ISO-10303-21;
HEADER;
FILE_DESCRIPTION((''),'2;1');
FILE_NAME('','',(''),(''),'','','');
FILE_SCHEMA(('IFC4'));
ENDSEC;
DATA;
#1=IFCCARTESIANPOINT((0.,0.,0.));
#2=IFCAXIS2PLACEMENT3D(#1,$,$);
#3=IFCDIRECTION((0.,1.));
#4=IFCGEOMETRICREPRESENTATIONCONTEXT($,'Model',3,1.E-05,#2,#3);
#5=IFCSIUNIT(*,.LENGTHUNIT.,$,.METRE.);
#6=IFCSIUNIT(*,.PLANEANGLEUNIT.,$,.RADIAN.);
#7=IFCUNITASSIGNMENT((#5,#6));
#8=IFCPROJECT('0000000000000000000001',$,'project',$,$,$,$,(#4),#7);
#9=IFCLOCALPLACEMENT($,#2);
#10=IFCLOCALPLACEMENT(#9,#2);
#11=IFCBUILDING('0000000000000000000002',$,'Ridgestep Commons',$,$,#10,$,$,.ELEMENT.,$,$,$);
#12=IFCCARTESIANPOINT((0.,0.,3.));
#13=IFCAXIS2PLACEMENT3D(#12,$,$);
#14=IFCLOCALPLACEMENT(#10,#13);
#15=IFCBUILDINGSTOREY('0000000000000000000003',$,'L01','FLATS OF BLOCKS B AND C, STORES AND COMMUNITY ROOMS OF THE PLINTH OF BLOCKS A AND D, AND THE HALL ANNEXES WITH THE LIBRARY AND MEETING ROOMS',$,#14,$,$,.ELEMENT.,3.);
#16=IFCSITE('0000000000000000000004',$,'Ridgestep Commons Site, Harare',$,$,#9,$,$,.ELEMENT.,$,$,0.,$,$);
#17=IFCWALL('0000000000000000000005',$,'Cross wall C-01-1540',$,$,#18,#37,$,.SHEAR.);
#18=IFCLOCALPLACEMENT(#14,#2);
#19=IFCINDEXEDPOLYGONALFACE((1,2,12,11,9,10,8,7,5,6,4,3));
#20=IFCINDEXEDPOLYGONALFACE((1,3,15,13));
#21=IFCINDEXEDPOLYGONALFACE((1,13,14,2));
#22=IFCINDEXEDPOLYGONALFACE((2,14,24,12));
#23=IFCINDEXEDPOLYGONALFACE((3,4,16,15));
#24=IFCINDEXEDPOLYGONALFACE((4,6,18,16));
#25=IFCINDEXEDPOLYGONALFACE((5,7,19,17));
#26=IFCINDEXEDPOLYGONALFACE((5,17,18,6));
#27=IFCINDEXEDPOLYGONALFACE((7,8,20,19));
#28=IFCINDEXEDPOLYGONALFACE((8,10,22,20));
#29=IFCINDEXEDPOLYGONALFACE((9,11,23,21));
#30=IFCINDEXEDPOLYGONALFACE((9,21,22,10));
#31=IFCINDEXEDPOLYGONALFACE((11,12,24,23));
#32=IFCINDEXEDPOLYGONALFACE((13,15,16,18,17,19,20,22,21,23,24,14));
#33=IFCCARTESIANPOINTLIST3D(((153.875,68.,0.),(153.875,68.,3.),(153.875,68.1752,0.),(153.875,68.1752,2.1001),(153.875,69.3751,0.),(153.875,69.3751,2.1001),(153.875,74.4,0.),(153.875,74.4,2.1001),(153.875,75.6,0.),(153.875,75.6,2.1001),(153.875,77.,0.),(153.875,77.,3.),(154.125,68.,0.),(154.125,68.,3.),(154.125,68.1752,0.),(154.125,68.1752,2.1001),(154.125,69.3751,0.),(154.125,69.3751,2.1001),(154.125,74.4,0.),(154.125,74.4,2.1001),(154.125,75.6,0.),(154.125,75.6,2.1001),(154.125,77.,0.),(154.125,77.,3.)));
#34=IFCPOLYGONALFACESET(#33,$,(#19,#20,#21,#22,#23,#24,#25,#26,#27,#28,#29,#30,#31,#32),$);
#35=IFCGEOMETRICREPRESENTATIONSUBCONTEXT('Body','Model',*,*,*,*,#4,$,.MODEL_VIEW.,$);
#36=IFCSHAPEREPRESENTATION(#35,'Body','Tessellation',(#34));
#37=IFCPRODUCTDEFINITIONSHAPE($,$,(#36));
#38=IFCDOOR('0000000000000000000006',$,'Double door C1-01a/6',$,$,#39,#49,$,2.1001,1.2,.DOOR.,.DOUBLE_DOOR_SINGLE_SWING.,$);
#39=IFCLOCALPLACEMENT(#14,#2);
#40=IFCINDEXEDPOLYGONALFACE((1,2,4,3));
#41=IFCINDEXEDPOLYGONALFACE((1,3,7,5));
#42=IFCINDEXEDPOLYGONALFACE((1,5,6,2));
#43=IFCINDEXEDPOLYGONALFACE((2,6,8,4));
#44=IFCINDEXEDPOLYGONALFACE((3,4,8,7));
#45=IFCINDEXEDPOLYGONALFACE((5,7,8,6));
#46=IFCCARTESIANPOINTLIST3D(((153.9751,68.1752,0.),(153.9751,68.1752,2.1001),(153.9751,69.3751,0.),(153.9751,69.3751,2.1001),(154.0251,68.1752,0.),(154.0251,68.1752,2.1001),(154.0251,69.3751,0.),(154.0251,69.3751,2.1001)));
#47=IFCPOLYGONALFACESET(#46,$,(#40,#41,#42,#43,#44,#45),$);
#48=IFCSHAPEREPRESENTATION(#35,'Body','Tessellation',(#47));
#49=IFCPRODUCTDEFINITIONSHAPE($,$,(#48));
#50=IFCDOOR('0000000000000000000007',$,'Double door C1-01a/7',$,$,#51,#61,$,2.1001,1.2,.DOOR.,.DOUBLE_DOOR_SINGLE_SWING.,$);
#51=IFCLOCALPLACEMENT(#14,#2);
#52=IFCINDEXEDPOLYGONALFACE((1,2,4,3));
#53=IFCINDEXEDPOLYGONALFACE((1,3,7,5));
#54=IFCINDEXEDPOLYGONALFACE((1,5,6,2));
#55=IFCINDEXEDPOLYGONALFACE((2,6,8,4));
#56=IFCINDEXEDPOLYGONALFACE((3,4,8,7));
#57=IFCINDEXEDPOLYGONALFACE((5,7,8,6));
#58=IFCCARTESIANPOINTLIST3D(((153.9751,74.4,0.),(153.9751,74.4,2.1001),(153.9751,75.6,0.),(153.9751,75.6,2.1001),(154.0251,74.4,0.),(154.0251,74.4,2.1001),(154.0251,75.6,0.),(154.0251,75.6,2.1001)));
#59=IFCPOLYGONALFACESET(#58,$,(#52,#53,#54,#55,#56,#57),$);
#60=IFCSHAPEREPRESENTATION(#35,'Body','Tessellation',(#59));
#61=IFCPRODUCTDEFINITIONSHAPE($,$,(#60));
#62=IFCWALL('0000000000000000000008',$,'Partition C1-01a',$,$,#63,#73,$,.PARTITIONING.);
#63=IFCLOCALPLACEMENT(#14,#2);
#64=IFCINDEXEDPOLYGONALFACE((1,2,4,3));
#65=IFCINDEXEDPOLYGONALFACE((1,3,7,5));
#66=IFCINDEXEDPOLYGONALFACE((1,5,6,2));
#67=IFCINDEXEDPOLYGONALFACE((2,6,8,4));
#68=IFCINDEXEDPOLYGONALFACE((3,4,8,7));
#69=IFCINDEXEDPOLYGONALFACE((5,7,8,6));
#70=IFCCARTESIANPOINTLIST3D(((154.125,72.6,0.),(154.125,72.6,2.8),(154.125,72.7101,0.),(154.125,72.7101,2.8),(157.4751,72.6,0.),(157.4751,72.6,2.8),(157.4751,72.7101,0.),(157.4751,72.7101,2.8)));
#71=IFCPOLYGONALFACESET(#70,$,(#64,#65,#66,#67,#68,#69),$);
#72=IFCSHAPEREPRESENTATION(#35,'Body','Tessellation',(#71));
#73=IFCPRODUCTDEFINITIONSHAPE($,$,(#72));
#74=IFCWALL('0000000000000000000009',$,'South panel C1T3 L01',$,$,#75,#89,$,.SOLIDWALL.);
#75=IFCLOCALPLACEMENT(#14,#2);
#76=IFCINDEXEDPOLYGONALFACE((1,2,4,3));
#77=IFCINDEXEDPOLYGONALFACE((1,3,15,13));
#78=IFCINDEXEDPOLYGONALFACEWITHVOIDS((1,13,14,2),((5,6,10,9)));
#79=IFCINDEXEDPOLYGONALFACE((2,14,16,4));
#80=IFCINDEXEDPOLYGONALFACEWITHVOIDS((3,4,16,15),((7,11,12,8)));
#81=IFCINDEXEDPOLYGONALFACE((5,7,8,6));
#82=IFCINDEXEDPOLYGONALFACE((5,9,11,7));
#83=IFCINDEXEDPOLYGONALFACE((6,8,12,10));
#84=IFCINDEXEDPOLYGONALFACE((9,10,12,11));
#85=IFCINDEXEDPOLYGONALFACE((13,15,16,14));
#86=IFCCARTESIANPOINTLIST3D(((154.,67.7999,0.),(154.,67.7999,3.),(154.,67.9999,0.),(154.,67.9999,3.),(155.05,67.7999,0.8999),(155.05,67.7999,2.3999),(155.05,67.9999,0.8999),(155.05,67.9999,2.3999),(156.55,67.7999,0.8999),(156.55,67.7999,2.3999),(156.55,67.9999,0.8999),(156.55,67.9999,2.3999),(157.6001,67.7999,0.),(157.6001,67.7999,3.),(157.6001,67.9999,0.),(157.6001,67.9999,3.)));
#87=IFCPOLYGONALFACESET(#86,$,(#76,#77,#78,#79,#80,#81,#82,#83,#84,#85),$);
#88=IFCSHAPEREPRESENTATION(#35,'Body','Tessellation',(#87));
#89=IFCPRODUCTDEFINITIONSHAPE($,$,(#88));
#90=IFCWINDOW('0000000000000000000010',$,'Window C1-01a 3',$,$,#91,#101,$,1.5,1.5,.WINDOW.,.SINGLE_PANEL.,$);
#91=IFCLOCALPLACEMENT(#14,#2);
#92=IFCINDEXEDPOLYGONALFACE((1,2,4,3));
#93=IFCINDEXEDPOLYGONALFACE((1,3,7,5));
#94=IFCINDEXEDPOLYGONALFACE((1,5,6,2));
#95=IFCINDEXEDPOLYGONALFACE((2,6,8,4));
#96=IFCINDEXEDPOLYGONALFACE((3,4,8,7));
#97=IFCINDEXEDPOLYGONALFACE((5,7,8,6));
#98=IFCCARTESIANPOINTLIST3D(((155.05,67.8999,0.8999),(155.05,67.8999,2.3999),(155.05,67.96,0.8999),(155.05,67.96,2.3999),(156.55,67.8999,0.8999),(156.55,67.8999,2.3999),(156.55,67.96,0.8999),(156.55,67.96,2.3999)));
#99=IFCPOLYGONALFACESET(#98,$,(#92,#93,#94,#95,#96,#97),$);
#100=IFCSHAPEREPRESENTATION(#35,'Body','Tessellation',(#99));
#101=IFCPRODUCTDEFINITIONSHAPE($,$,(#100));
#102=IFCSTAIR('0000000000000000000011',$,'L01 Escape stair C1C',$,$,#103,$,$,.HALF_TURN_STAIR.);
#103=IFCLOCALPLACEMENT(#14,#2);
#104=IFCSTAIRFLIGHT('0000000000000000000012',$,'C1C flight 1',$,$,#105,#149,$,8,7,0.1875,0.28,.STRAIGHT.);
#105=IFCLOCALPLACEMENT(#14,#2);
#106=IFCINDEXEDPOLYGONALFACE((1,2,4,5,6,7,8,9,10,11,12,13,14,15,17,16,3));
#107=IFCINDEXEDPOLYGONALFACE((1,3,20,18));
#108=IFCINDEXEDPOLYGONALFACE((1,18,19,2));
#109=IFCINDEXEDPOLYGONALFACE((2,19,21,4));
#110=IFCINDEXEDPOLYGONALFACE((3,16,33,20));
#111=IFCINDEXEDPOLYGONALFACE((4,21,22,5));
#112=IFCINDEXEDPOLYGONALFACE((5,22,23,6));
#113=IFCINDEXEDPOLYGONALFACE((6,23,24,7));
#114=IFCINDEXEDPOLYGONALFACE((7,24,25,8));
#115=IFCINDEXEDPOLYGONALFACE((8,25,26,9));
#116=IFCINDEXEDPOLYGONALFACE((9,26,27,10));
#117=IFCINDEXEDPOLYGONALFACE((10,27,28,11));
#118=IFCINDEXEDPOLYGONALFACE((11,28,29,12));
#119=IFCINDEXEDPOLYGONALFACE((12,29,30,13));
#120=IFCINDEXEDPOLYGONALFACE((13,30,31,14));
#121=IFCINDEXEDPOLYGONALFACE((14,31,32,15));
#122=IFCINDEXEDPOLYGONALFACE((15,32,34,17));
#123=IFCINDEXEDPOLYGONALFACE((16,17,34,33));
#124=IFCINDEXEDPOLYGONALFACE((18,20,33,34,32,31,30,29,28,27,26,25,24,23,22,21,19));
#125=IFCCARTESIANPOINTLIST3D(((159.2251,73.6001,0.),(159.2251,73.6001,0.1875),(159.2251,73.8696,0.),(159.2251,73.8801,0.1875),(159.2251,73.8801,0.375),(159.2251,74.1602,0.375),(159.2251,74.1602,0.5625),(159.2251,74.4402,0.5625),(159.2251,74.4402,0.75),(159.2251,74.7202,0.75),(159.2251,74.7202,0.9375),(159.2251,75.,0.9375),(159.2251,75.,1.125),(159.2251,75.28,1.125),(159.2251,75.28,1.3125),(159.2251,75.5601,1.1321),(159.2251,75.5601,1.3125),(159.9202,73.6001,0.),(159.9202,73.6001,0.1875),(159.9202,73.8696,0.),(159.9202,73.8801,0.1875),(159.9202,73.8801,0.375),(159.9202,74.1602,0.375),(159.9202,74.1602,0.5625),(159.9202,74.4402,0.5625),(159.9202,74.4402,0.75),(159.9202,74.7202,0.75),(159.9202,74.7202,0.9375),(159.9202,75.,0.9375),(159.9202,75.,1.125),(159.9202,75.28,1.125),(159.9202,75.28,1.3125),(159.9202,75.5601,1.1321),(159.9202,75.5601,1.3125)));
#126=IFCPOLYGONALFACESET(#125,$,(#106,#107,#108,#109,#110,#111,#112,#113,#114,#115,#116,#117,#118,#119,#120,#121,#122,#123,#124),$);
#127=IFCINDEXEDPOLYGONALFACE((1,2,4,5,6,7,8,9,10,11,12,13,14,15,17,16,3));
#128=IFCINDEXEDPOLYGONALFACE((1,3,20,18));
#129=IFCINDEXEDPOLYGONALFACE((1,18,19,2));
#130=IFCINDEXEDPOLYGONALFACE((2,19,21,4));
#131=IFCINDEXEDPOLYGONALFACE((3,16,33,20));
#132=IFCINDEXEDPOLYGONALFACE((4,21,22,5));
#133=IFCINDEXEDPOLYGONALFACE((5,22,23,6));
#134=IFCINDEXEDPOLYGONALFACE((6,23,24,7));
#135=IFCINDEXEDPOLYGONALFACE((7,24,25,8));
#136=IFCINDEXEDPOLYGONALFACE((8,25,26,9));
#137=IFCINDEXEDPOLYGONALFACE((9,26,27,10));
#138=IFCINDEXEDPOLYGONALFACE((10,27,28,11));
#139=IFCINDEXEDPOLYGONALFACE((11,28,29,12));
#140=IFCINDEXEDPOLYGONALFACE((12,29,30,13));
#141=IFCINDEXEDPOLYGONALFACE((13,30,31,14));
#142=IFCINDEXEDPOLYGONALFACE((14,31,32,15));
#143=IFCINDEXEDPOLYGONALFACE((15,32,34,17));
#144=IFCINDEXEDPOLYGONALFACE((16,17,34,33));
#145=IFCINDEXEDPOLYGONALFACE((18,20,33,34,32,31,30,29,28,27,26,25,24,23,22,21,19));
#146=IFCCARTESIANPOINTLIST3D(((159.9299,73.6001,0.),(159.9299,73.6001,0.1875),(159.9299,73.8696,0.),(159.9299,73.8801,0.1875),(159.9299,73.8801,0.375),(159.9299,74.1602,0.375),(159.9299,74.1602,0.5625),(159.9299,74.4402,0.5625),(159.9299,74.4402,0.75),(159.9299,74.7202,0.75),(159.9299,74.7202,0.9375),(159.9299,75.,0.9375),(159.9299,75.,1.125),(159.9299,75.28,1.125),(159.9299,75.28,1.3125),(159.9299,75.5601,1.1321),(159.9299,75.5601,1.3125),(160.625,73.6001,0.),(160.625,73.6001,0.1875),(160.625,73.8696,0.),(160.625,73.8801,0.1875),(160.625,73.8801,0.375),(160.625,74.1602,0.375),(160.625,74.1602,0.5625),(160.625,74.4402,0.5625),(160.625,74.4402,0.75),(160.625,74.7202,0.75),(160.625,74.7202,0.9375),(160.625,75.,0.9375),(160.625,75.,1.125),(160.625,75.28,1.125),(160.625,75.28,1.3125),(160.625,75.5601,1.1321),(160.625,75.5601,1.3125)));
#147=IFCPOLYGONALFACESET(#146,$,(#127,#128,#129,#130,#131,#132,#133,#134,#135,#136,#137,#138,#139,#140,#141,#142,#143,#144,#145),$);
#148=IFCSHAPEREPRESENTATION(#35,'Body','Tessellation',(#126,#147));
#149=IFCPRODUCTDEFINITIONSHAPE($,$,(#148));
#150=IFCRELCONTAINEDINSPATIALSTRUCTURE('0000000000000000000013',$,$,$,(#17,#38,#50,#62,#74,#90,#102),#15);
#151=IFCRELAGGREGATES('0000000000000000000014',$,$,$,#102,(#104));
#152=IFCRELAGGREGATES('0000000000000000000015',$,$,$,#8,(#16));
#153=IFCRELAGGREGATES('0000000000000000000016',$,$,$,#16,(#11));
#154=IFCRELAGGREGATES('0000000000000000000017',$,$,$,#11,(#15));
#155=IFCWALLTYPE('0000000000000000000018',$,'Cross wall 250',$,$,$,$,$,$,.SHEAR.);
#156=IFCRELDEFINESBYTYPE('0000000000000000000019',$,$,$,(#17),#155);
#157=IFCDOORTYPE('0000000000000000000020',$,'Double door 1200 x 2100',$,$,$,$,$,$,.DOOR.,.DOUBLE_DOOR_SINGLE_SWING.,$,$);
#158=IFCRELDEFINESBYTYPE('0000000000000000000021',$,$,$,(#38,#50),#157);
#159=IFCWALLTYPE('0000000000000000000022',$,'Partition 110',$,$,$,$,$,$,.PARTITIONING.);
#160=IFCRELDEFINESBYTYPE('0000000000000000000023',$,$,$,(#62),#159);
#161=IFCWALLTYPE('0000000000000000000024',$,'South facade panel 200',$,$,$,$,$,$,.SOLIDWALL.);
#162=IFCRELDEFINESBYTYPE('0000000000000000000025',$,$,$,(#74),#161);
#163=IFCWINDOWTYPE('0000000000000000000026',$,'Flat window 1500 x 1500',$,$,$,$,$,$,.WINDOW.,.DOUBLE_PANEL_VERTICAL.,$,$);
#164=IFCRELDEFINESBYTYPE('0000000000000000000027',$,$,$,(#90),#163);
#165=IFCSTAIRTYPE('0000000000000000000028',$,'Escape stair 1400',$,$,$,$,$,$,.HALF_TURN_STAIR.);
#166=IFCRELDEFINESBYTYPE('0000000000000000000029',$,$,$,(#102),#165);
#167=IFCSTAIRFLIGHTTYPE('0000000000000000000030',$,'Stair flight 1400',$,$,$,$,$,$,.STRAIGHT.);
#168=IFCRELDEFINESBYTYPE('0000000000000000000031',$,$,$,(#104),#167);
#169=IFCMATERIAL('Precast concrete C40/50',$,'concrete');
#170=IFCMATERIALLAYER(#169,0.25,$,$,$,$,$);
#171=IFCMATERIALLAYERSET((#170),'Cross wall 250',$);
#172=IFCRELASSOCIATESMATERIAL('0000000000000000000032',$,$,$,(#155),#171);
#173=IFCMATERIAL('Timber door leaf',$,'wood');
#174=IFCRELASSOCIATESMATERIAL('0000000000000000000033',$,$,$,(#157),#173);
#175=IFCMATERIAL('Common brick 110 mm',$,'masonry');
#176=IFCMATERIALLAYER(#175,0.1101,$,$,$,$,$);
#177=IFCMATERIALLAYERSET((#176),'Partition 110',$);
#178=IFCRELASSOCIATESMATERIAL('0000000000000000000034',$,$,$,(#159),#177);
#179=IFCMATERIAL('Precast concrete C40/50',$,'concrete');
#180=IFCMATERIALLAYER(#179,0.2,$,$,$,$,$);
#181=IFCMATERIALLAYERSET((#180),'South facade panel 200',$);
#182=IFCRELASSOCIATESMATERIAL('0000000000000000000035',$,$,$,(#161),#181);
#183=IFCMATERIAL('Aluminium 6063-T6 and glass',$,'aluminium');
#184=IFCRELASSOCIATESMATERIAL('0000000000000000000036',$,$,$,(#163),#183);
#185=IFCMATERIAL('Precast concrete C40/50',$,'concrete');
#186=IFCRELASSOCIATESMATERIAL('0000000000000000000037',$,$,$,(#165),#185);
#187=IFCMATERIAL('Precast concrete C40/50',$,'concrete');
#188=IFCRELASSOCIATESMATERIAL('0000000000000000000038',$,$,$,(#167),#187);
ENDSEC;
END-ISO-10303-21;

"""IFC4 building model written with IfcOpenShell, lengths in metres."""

from ifc_helpers import new_model, si_unit, direction, frame, frame_2d, origin, place, context, subcontext, project, spatial, polyline, rectangle, outline, extrude, material, layer, layer_set, type_object, element, fill, aggregate, save


model = new_model("IFC4")

# Units and contexts
model_context = context("Model", 3, precision=1e-05, world=origin(), true_north=direction((0.0, 1.0)))
body_context = subcontext(model_context, "Body", "Model", "MODEL_VIEW")
ifc_project = project(units=[si_unit("LENGTHUNIT", "METRE"), si_unit("PLANEANGLEUNIT", "RADIAN")], contexts=[model_context])

# Site, building, storey
site_placement = place(None, origin())
site = spatial("IfcSite", under=ifc_project, at=site_placement, Name="Ridgestep Commons Site, Harare", CompositionType="ELEMENT", RefElevation=0.0)
building_placement = place(site_placement, origin())
building = spatial("IfcBuilding", under=site, at=building_placement, Name="Ridgestep Commons", CompositionType="ELEMENT")
storey_placement = place(building_placement, frame((0.0, 0.0, 3.0)))
storey = spatial("IfcBuildingStorey", under=building, at=storey_placement, Name="L01", Description="FLATS OF BLOCKS B AND C, STORES AND COMMUNITY ROOMS OF THE PLINTH OF BLOCKS A AND D, AND THE HALL ANNEXES WITH THE LIBRARY AND MEETING ROOMS", CompositionType="ELEMENT", Elevation=3.0)

# Wall, openings, doors
ifc_material_1 = material(Name="Precast concrete C40/50", Category="concrete")
ifc_layer_1 = layer(ifc_material_1, 0.25)
ifc_layer_set_1 = layer_set([ifc_layer_1], Name="Cross wall 250")
wall_type_1 = type_object("IfcWallType", Name="Cross wall 250", PredefinedType="SHEAR", material=ifc_layer_set_1)
wall_1_placement = place(storey_placement, frame((154.0, 68.0, 0.0), z_axis=(0.0, 0.0, 1.0), x_axis=(0.0, 1.0, 0.0)))
wall_1 = element("IfcWall", 1, at=wall_1_placement, inside=storey, type_object=wall_type_1, Name="Cross wall C-01-1540", PredefinedType="SHEAR", context=body_context, shape_type="SweptSolid", body=[
    extrude(rectangle(XDim=9.0, YDim=0.25, at=frame_2d((4.5, 0.0))), origin(), (0.0, 0.0, 1.0), 3.0),
])
opening_1_placement = place(wall_1_placement, frame((0.175, 0.0, 0.0)))
opening_1 = element("IfcOpeningElement", 2, at=opening_1_placement, cuts=wall_1, PredefinedType="OPENING", context=body_context, shape_type="SweptSolid", body=[
    extrude(rectangle(XDim=1.2, YDim=2.1001, at=frame_2d((0.6001, 1.05))), frame((0.0, 0.135, 0.0), z_axis=(0.0, -1.0, 0.0), x_axis=(1.0, 0.0, 0.0)), (0.0, 0.0, 1.0), 0.27),
])
opening_2_placement = place(wall_1_placement, frame((6.3999, 0.0, 0.0)))
opening_2 = element("IfcOpeningElement", 3, at=opening_2_placement, cuts=wall_1, PredefinedType="OPENING", context=body_context, shape_type="SweptSolid", body=[
    extrude(rectangle(XDim=1.2, YDim=2.1001, at=frame_2d((0.6001, 1.05))), frame((0.0, 0.135, 0.0), z_axis=(0.0, -1.0, 0.0), x_axis=(1.0, 0.0, 0.0)), (0.0, 0.0, 1.0), 0.27),
])
ifc_material_2 = material(Name="Timber door leaf", Category="wood")
door_type_1 = type_object("IfcDoorType", Name="Double door 1200 x 2100", OperationType="DOUBLE_DOOR_SINGLE_SWING", PredefinedType="DOOR", material=ifc_material_2)
door_1_placement = place(opening_1_placement, origin())
door_1 = element("IfcDoor", 4, at=door_1_placement, inside=storey, type_object=door_type_1, Name="Double door C1-01a/6", OperationType="DOUBLE_DOOR_SINGLE_SWING", OverallHeight=2.1001, OverallWidth=1.2, PredefinedType="DOOR", context=body_context, shape_type="SweptSolid", body=[
    extrude(rectangle(XDim=1.2, YDim=2.1001, at=frame_2d((0.6001, 1.05))), frame((0.0, 0.0249, 0.0), z_axis=(0.0, -1.0, 0.0), x_axis=(1.0, 0.0, 0.0)), (0.0, 0.0, 1.0), 0.05),
])
fill(opening_1, door_1)
door_2_placement = place(opening_2_placement, origin())
door_2 = element("IfcDoor", 5, at=door_2_placement, inside=storey, type_object=door_type_1, Name="Double door C1-01a/7", OperationType="DOUBLE_DOOR_SINGLE_SWING", OverallHeight=2.1001, OverallWidth=1.2, PredefinedType="DOOR", context=body_context, shape_type="SweptSolid", body=[
    extrude(rectangle(XDim=1.2, YDim=2.1001, at=frame_2d((0.6001, 1.05))), frame((0.0, 0.0249, 0.0), z_axis=(0.0, -1.0, 0.0), x_axis=(1.0, 0.0, 0.0)), (0.0, 0.0, 1.0), 0.05),
])
fill(opening_2, door_2)

# Wall
ifc_material_3 = material(Name="Common brick 110 mm", Category="masonry")
ifc_layer_2 = layer(ifc_material_3, 0.1101)
ifc_layer_set_2 = layer_set([ifc_layer_2], Name="Partition 110")
wall_type_2 = type_object("IfcWallType", Name="Partition 110", PredefinedType="PARTITIONING", material=ifc_layer_set_2)
wall_2_placement = place(storey_placement, frame((154.125, 72.655, 0.0), z_axis=(0.0, 0.0, 1.0), x_axis=(1.0, 0.0, 0.0)))
element("IfcWall", 6, at=wall_2_placement, inside=storey, type_object=wall_type_2, Name="Partition C1-01a", PredefinedType="PARTITIONING", context=body_context, shape_type="SweptSolid", body=[
    extrude(rectangle(XDim=3.3501, YDim=0.1101, at=frame_2d((1.675, 0.0))), origin(), (0.0, 0.0, 1.0), 2.8),
])

# Wall, opening, window
ifc_material_4 = material(Name="Precast concrete C40/50", Category="concrete")
ifc_layer_3 = layer(ifc_material_4, 0.2)
ifc_layer_set_3 = layer_set([ifc_layer_3], Name="South facade panel 200")
wall_type_3 = type_object("IfcWallType", Name="South facade panel 200", PredefinedType="SOLIDWALL", material=ifc_layer_set_3)
wall_3_placement = place(storey_placement, frame((154.0, 67.8999, 0.0), z_axis=(0.0, 0.0, 1.0), x_axis=(1.0, 0.0, 0.0)))
wall_3 = element("IfcWall", 7, at=wall_3_placement, inside=storey, type_object=wall_type_3, Name="South panel C1T3 L01", PredefinedType="SOLIDWALL", context=body_context, shape_type="SweptSolid", body=[
    extrude(rectangle(XDim=3.6001, YDim=0.2, at=frame_2d((1.8, 0.0))), origin(), (0.0, 0.0, 1.0), 3.0),
])
opening_3_placement = place(wall_3_placement, frame((1.05, 0.0, 0.8999)))
opening_3 = element("IfcOpeningElement", 8, at=opening_3_placement, cuts=wall_3, PredefinedType="OPENING", context=body_context, shape_type="SweptSolid", body=[
    extrude(rectangle(XDim=1.5, YDim=1.5, at=frame_2d((0.75, 0.75))), frame((0.0, 0.1099, 0.0), z_axis=(0.0, -1.0, 0.0), x_axis=(1.0, 0.0, 0.0)), (0.0, 0.0, 1.0), 0.22),
])
ifc_material_5 = material(Name="Aluminium 6063-T6 and glass", Category="aluminium")
window_type = type_object("IfcWindowType", Name="Flat window 1500 x 1500", PartitioningType="DOUBLE_PANEL_VERTICAL", PredefinedType="WINDOW", material=ifc_material_5)
window_placement = place(opening_3_placement, origin())
window = element("IfcWindow", 9, at=window_placement, inside=storey, type_object=window_type, Name="Window C1-01a 3", OverallHeight=1.5, OverallWidth=1.5, PartitioningType="SINGLE_PANEL", PredefinedType="WINDOW", context=body_context, shape_type="SweptSolid", body=[
    extrude(rectangle(XDim=1.5, YDim=1.5, at=frame_2d((0.75, 0.75))), frame((0.0, 0.0601, 0.0), z_axis=(0.0, -1.0, 0.0), x_axis=(1.0, 0.0, 0.0)), (0.0, 0.0, 1.0), 0.0601),
])
fill(opening_3, window)

# Stair, stair flight
ifc_material_6 = material(Name="Precast concrete C40/50", Category="concrete")
stair_type = type_object("IfcStairType", Name="Escape stair 1400", PredefinedType="HALF_TURN_STAIR", material=ifc_material_6)
stair_placement = place(storey_placement, origin())
stair = element("IfcStair", 10, at=stair_placement, inside=storey, type_object=stair_type, Name="L01 Escape stair C1C", PredefinedType="HALF_TURN_STAIR")
ifc_material_7 = material(Name="Precast concrete C40/50", Category="concrete")
stair_flight_type = type_object("IfcStairFlightType", Name="Stair flight 1400", PredefinedType="STRAIGHT", material=ifc_material_7)
stair_flight_1_placement = place(storey_placement, frame((159.925, 73.6001, 0.0), z_axis=(0.0, 0.0, 1.0), x_axis=(0.0, 1.0, 0.0)))
stair_flight_1 = element("IfcStairFlight", 11, at=stair_flight_1_placement, type_object=stair_flight_type, Name="C1C flight 1", NumberOfRisers=8, NumberOfTreads=7, PredefinedType="STRAIGHT", RiserHeight=0.1875, TreadLength=0.28, context=body_context, shape_type="SweptSolid", body=[
    extrude(outline(polyline([(0.0, 0.0), (0.0, 0.1875), (0.28, 0.1875), (0.28, 0.375), (0.5601, 0.375), (0.5601, 0.5625), (0.8401, 0.5625), (0.8401, 0.75), (1.1201, 0.75), (1.1201, 0.9375), (1.3999, 0.9375), (1.3999, 1.125), (1.6799, 1.125), (1.6799, 1.3125), (1.96, 1.3125), (1.96, 1.5), (1.96, 1.1321), (0.2695, 0.0), (0.0, 0.0)])), frame((0.0, 0.7, 0.0), z_axis=(0.0, -1.0, 0.0), x_axis=(1.0, 0.0, 0.0)), (0.0, 0.0, 1.0), 0.6951),
    extrude(outline(polyline([(0.0, 0.0), (0.0, 0.1875), (0.28, 0.1875), (0.28, 0.375), (0.5601, 0.375), (0.5601, 0.5625), (0.8401, 0.5625), (0.8401, 0.75), (1.1201, 0.75), (1.1201, 0.9375), (1.3999, 0.9375), (1.3999, 1.125), (1.6799, 1.125), (1.6799, 1.3125), (1.96, 1.3125), (1.96, 1.5), (1.96, 1.1321), (0.2695, 0.0), (0.0, 0.0)])), frame((0.0, -0.0049, 0.0), z_axis=(0.0, -1.0, 0.0), x_axis=(1.0, 0.0, 0.0)), (0.0, 0.0, 1.0), 0.6951),
])
aggregate(stair, [stair_flight_1])

save(model, "model.ifc")
